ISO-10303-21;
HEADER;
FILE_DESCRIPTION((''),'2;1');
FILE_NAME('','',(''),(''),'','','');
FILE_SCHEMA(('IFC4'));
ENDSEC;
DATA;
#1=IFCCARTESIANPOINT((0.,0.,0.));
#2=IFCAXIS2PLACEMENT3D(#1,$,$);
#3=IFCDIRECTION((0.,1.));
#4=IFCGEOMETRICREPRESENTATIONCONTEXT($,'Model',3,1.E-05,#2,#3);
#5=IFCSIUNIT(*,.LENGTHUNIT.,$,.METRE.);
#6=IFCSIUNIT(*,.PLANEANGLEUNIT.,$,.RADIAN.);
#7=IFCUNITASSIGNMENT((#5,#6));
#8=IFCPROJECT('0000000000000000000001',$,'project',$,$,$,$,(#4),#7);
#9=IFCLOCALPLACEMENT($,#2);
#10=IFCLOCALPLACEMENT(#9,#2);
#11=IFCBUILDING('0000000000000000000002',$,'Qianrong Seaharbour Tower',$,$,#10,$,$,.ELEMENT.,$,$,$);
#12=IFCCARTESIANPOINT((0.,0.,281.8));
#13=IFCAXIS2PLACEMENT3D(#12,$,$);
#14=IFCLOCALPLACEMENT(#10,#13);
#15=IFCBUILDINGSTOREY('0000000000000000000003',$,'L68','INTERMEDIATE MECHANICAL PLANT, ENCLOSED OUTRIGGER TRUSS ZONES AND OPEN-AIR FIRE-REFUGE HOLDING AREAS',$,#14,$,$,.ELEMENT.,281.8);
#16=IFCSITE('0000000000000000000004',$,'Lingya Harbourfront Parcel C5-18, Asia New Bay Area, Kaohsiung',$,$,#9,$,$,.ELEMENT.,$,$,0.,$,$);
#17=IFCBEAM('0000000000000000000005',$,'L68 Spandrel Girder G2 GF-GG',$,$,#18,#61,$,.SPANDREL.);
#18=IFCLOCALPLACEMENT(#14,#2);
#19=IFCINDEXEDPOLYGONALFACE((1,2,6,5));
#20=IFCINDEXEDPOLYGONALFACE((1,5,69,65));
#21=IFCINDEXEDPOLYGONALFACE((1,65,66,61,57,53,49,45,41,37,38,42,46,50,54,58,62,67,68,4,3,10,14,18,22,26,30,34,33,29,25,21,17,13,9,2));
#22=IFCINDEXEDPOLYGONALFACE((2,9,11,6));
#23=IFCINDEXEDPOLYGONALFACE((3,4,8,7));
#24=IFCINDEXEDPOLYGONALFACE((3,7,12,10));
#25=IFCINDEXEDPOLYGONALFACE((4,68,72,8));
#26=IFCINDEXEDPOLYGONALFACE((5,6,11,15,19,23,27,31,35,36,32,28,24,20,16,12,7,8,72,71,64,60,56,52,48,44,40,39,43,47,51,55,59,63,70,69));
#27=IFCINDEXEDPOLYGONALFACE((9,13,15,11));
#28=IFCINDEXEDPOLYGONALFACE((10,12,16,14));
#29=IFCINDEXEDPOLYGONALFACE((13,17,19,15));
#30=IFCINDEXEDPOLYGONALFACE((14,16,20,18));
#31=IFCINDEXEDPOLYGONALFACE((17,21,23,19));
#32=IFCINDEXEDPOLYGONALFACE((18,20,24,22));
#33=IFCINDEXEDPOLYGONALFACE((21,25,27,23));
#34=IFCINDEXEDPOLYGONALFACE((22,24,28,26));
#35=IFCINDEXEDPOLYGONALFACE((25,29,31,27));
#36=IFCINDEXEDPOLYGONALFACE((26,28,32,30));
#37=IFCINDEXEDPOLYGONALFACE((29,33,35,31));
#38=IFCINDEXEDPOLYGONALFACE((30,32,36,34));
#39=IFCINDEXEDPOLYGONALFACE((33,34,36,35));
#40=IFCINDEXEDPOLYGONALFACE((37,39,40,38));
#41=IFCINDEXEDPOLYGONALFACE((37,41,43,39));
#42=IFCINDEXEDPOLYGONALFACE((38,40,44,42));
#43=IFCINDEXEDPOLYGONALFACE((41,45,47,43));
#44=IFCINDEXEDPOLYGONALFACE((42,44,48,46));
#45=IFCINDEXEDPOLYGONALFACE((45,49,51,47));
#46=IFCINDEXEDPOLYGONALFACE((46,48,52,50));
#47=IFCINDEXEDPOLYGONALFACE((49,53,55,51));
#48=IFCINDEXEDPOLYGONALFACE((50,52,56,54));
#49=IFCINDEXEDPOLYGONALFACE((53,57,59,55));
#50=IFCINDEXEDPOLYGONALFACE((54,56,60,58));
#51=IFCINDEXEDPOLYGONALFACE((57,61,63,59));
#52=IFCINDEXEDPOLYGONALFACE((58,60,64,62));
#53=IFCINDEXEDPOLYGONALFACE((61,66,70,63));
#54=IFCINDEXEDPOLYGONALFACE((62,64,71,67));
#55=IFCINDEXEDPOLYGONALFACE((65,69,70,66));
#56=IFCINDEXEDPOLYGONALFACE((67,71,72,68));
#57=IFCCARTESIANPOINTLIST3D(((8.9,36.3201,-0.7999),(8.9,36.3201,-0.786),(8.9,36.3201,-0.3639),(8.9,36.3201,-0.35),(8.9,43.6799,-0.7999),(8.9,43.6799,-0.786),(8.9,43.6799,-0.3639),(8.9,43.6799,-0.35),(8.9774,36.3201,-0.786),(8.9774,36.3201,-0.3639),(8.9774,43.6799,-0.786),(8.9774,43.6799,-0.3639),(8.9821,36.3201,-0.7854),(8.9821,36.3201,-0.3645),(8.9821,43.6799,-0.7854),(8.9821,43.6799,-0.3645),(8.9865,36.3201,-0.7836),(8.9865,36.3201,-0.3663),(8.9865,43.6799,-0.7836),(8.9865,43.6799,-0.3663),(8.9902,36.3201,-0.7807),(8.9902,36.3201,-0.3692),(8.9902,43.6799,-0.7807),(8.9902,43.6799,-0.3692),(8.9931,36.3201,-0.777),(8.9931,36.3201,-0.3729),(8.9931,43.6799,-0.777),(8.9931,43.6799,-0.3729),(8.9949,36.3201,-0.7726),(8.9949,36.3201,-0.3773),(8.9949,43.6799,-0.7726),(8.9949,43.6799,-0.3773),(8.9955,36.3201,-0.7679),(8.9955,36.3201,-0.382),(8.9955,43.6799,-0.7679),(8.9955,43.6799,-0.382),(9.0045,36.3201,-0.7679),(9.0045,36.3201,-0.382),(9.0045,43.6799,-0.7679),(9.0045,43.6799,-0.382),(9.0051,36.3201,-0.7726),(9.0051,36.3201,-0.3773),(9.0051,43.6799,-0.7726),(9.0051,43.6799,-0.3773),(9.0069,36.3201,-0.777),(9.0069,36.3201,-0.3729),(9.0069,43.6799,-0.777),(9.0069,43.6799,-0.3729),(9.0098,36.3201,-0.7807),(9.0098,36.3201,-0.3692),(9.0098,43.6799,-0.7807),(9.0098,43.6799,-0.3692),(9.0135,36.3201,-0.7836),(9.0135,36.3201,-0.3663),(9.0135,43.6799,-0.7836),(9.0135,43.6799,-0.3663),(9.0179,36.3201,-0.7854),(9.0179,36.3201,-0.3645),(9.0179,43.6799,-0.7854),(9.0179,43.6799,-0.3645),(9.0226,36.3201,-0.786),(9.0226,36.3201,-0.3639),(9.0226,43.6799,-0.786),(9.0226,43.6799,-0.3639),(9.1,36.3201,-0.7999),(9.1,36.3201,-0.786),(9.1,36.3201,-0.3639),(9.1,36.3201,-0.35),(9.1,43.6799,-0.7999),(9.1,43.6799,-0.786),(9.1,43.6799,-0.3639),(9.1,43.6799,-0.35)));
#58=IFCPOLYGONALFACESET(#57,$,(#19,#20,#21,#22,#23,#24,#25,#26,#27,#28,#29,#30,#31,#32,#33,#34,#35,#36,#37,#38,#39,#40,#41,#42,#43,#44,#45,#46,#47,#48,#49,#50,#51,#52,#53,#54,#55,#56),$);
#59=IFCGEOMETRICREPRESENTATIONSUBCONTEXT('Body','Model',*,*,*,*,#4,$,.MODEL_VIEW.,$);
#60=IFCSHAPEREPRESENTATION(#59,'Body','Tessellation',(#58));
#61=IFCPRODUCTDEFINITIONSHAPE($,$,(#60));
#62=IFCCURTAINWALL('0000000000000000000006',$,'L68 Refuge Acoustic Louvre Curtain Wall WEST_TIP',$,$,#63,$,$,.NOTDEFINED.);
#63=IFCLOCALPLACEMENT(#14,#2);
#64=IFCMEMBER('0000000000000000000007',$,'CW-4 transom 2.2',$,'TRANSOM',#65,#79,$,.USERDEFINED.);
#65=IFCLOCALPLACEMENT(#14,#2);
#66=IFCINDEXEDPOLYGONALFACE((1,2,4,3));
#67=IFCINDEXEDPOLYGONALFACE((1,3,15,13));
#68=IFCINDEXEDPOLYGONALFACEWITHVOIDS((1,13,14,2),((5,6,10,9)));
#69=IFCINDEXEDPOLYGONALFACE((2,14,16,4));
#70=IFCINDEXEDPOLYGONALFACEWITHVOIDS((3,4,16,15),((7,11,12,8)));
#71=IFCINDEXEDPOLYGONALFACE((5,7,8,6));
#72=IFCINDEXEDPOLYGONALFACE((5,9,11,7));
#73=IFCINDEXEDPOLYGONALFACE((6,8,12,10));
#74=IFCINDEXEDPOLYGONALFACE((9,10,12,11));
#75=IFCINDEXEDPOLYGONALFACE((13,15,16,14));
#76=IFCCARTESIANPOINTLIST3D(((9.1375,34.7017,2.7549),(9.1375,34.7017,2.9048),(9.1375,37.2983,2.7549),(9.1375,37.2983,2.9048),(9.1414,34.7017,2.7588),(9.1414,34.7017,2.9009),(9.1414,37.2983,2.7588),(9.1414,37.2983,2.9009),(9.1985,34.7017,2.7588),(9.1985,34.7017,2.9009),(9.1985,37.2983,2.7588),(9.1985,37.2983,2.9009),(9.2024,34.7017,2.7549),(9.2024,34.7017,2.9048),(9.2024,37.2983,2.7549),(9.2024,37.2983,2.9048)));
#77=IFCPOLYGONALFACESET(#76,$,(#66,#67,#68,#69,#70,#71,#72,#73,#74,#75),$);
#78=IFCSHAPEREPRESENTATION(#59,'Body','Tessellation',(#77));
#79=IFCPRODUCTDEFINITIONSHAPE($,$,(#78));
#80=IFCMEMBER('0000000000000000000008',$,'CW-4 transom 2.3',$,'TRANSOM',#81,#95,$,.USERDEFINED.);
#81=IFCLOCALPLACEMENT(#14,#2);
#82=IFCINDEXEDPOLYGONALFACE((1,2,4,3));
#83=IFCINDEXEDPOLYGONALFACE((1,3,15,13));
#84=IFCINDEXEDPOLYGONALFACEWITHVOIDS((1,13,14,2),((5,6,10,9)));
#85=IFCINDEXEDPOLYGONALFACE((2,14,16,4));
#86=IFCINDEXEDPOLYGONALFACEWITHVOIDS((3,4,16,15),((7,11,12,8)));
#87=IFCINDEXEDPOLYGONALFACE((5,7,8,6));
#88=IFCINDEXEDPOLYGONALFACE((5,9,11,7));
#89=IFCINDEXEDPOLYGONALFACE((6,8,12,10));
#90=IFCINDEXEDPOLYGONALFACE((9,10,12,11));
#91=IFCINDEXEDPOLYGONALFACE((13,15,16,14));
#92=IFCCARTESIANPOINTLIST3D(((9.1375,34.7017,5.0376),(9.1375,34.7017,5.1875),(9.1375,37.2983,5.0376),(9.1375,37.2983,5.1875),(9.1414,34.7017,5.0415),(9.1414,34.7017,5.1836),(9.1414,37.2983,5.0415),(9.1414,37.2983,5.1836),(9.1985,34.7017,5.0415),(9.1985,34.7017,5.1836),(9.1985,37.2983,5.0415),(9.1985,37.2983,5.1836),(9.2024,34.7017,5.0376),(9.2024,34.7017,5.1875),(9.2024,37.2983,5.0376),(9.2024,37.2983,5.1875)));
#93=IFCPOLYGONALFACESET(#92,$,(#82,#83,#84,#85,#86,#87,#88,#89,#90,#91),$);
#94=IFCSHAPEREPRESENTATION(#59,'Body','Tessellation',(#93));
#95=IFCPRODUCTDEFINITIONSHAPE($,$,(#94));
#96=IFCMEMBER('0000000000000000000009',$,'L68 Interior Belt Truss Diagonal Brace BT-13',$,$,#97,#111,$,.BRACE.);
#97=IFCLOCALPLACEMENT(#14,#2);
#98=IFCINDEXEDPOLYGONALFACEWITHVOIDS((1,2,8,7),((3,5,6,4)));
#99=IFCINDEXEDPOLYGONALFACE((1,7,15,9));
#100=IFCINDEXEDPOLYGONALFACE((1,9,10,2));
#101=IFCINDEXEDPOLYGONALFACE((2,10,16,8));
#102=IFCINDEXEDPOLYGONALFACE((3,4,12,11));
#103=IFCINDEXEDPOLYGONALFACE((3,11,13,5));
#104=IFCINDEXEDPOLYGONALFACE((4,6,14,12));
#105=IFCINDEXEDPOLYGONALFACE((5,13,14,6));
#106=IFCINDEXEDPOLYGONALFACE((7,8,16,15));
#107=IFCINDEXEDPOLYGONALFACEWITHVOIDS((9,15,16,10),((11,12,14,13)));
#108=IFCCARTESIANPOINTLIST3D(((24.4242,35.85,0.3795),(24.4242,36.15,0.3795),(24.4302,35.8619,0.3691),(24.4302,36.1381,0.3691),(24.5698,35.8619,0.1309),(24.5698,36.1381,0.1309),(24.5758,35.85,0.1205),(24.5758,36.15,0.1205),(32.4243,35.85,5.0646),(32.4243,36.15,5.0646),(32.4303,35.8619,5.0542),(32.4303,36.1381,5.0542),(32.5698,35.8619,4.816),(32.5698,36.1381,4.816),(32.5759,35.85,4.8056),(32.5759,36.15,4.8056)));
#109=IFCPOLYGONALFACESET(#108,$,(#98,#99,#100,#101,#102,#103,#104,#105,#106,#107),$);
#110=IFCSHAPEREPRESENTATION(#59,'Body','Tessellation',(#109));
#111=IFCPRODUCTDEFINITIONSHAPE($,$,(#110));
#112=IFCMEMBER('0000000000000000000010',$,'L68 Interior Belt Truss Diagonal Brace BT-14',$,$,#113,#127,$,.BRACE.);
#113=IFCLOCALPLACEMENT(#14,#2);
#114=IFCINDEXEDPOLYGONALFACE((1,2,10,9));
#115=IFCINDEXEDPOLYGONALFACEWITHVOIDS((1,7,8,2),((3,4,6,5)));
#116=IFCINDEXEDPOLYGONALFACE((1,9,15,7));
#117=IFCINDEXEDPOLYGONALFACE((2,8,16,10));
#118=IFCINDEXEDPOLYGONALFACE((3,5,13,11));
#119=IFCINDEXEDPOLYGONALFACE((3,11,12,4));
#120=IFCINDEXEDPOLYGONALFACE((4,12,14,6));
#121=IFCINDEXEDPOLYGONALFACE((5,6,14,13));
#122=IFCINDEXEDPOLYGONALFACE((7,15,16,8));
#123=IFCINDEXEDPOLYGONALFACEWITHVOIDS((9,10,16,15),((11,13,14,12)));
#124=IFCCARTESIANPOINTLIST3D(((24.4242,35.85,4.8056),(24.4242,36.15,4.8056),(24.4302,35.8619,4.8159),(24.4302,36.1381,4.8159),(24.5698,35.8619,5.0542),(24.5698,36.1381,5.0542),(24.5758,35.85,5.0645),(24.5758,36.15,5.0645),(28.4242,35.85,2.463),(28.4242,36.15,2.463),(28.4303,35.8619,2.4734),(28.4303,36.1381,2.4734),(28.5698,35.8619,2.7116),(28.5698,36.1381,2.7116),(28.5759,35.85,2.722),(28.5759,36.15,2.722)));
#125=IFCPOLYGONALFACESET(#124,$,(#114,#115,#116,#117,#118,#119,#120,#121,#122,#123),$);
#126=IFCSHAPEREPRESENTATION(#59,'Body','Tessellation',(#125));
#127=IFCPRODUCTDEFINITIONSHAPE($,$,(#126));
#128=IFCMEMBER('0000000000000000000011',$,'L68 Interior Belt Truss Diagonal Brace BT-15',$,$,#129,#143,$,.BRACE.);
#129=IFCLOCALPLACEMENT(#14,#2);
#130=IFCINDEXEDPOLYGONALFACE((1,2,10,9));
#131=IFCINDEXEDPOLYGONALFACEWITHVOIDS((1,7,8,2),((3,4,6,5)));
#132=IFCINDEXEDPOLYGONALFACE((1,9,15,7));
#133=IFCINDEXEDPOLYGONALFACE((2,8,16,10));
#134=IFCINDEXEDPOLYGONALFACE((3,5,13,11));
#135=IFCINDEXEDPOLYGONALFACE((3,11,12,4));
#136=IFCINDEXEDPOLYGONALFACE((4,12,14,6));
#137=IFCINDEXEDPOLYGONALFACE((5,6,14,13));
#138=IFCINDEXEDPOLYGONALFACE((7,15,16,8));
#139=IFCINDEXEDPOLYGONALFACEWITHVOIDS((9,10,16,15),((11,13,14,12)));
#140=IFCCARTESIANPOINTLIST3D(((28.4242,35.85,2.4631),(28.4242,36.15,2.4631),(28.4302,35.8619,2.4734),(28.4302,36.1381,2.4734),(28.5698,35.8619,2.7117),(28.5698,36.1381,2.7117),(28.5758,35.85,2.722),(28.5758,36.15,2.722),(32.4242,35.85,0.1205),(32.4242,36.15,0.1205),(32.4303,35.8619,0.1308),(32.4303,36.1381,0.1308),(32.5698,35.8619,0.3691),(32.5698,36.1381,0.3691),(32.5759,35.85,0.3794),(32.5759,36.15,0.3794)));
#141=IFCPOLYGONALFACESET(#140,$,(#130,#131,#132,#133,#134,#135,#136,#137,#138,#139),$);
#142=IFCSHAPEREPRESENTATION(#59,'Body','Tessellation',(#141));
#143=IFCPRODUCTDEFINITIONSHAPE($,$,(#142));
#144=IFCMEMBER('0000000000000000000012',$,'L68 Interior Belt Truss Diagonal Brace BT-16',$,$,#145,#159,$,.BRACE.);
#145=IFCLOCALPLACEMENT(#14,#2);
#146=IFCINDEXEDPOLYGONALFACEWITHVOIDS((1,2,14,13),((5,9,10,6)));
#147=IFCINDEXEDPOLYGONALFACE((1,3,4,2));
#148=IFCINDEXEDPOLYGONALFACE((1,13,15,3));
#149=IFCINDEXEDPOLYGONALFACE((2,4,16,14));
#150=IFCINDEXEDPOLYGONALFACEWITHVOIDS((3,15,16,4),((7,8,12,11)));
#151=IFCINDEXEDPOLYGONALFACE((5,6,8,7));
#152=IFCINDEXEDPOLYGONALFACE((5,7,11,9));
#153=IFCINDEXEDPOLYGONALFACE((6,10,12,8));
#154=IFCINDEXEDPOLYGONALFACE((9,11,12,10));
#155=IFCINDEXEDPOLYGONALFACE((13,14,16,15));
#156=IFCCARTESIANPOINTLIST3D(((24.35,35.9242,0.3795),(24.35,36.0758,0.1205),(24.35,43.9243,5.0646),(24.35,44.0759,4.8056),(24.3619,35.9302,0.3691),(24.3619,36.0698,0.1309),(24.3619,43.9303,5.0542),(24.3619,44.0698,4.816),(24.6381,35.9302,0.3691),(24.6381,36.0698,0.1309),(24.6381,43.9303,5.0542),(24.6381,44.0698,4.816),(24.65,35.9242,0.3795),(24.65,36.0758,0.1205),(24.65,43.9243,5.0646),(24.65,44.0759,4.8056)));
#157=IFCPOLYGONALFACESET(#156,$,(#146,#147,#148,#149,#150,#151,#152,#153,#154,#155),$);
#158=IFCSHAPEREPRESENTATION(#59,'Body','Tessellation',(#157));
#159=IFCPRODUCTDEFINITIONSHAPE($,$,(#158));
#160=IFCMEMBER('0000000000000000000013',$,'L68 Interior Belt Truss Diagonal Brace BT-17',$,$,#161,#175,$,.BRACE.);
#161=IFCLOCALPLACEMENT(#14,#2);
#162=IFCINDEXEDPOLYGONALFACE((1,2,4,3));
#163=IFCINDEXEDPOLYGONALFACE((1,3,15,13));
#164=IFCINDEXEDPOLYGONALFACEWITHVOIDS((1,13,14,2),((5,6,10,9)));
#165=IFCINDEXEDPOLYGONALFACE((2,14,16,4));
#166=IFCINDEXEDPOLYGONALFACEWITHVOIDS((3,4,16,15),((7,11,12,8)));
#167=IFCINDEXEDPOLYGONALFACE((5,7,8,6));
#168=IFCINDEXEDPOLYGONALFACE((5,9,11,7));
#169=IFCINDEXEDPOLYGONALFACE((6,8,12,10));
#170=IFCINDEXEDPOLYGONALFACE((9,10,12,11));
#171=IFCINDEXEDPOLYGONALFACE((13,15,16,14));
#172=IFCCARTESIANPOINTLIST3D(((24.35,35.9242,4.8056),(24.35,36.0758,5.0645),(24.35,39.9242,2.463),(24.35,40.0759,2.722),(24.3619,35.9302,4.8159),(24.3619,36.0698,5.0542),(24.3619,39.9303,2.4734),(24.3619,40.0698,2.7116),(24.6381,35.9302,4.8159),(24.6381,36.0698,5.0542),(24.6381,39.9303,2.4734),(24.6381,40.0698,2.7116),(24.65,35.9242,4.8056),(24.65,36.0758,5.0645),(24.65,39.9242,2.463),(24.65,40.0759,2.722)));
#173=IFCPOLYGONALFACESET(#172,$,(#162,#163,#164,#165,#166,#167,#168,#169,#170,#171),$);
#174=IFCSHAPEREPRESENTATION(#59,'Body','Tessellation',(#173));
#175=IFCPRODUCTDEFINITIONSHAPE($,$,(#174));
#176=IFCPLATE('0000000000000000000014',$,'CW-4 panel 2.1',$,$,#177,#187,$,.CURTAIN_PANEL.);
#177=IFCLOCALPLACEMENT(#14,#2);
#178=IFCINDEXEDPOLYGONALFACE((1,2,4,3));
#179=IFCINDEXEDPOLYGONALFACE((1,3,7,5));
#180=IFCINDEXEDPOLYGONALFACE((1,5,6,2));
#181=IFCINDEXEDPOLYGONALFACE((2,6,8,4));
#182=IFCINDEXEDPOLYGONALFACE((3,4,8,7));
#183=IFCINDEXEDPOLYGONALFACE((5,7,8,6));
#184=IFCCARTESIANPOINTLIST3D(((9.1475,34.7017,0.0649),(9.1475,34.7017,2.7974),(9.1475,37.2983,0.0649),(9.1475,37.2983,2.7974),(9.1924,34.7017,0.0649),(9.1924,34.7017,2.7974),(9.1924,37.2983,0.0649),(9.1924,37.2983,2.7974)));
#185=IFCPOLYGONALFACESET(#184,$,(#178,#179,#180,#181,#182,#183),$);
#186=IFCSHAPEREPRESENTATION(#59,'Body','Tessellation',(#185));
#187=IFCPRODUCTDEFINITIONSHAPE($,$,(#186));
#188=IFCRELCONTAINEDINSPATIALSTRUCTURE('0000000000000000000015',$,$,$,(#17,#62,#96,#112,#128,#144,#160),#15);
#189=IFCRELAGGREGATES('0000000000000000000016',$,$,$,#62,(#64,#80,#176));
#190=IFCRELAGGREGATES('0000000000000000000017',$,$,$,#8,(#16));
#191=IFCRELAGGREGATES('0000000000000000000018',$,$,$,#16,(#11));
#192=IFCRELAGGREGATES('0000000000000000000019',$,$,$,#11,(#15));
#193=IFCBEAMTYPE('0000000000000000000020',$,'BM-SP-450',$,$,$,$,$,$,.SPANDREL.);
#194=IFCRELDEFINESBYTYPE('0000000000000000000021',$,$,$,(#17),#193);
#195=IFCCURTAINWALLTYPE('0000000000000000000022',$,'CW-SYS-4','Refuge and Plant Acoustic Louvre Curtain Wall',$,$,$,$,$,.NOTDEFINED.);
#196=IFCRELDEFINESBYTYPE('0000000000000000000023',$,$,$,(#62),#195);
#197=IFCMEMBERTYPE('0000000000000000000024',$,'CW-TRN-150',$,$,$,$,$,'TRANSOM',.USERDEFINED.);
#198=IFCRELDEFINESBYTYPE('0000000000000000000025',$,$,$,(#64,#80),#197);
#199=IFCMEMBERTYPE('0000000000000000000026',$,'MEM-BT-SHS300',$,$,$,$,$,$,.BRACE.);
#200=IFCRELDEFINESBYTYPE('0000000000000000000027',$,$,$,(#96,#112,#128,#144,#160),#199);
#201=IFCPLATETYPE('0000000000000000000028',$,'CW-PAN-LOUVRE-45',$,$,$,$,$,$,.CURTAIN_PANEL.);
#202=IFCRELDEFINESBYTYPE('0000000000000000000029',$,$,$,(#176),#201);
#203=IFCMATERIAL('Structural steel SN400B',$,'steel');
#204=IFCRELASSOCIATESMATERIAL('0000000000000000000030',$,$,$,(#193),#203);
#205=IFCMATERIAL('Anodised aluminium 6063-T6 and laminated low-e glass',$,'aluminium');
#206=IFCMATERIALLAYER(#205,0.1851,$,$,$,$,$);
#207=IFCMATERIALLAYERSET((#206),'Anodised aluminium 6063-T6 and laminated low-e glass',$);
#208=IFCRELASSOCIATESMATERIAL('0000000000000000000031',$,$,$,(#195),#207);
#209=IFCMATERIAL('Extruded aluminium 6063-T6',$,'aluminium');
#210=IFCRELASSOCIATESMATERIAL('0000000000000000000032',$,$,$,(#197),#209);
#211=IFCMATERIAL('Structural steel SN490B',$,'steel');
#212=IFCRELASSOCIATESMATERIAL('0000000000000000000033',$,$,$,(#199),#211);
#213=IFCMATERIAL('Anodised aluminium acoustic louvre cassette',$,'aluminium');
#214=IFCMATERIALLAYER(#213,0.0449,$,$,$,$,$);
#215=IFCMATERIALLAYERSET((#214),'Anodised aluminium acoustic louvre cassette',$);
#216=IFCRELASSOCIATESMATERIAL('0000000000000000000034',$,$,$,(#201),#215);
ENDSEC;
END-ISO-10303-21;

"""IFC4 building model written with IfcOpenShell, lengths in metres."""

from ifc_helpers import new_model, si_unit, direction, frame, origin, origin_2d, place, context, subcontext, project, spatial, rectangle, hollow_rectangle, i_section, extrude, material, layer, layer_set, material_profile, profile_set, type_object, element, aggregate, save


model = new_model("IFC4")

# Units and contexts
model_context = context("Model", 3, precision=1e-05, world=origin(), true_north=direction((0.0, 1.0)))
body_context = subcontext(model_context, "Body", "Model", "MODEL_VIEW")
ifc_project = project(units=[si_unit("LENGTHUNIT", "METRE"), si_unit("PLANEANGLEUNIT", "RADIAN")], contexts=[model_context])

# Site, building, storey
site_placement = place(None, origin())
site = spatial("IfcSite", under=ifc_project, at=site_placement, Name="Lingya Harbourfront Parcel C5-18, Asia New Bay Area, Kaohsiung", CompositionType="ELEMENT", RefElevation=0.0)
building_placement = place(site_placement, origin())
building = spatial("IfcBuilding", under=site, at=building_placement, Name="Qianrong Seaharbour Tower", CompositionType="ELEMENT")
storey_placement = place(building_placement, frame((0.0, 0.0, 281.8)))
storey = spatial("IfcBuildingStorey", under=building, at=storey_placement, Name="L68", Description="INTERMEDIATE MECHANICAL PLANT, ENCLOSED OUTRIGGER TRUSS ZONES AND OPEN-AIR FIRE-REFUGE HOLDING AREAS", CompositionType="ELEMENT", Elevation=281.8)

# Shared definitions
ifc_material_1 = material(Name="Structural steel SN490B", Category="steel")

# Beam
ifc_material_2 = material(Name="Structural steel SN400B", Category="steel")
ifc_material_profile_1 = material_profile(ifc_material_2, i_section(OverallWidth=0.2, OverallDepth=0.45, WebThickness=0.009, FlangeThickness=0.0139, FilletRadius=0.0181, at=origin_2d()), Name="H450x200x9x14")
ifc_profile_set_1 = profile_set([ifc_material_profile_1], Name="Structural steel SN400B")
beam_type_1 = type_object("IfcBeamType", Name="BM-SP-450", PredefinedType="SPANDREL", material=ifc_profile_set_1)
beam_1_placement = place(storey_placement, frame((9.0, 36.3201, -0.575), z_axis=(0.0, 1.0, 0.0), x_axis=(-1.0, 0.0, 0.0)))
element("IfcBeam", 1, at=beam_1_placement, inside=storey, type_object=beam_type_1, Name="L68 Spandrel Girder G2 GF-GG", PredefinedType="SPANDREL", context=body_context, shape_type="SweptSolid", body=[
    extrude(i_section(OverallWidth=0.2, OverallDepth=0.45, WebThickness=0.009, FlangeThickness=0.0139, FilletRadius=0.0181, at=origin_2d()), origin(), (0.0, 0.0, 1.0), 7.3599),
])

# Curtain wall, members
ifc_material_3 = material(Name="Anodised aluminium 6063-T6 and laminated low-e glass", Category="aluminium")
ifc_layer_1 = layer(ifc_material_3, 0.1851)
ifc_layer_set_1 = layer_set([ifc_layer_1], Name="Anodised aluminium 6063-T6 and laminated low-e glass")
curtain_wall_type = type_object("IfcCurtainWallType", Name="CW-SYS-4", Description="Refuge and Plant Acoustic Louvre Curtain Wall", PredefinedType="NOTDEFINED", material=ifc_layer_set_1)
curtain_wall_placement = place(storey_placement, origin())
curtain_wall = element("IfcCurtainWall", 2, at=curtain_wall_placement, inside=storey, type_object=curtain_wall_type, Name="L68 Refuge Acoustic Louvre Curtain Wall WEST_TIP", PredefinedType="NOTDEFINED")
ifc_material_4 = material(Name="Extruded aluminium 6063-T6", Category="aluminium")
ifc_material_profile_2 = material_profile(ifc_material_4, hollow_rectangle(XDim=0.0649, YDim=0.1499, WallThickness=0.0039, at=origin_2d()), Name="ALU-TRN-150x65x4")
ifc_profile_set_2 = profile_set([ifc_material_profile_2], Name="Extruded aluminium 6063-T6")
member_type_1 = type_object("IfcMemberType", Name="CW-TRN-150", ElementType="TRANSOM", PredefinedType="USERDEFINED", material=ifc_profile_set_2)
member_1_placement = place(storey_placement, frame((9.1699, 34.7017, 2.8298), z_axis=(0.0, 1.0, 0.0), x_axis=(-1.0, 0.0, 0.0)))
member_1 = element("IfcMember", 3, at=member_1_placement, type_object=member_type_1, Name="CW-4 transom 2.2", ObjectType="TRANSOM", PredefinedType="USERDEFINED", context=body_context, shape_type="SweptSolid", body=[
    extrude(hollow_rectangle(XDim=0.0649, YDim=0.1499, WallThickness=0.0039, at=origin_2d()), origin(), (0.0, 0.0, 1.0), 2.5967),
])
member_2_placement = place(storey_placement, frame((9.1699, 34.7017, 5.1125), z_axis=(0.0, 1.0, 0.0), x_axis=(-1.0, 0.0, 0.0)))
member_2 = element("IfcMember", 4, at=member_2_placement, type_object=member_type_1, Name="CW-4 transom 2.3", ObjectType="TRANSOM", PredefinedType="USERDEFINED", context=body_context, shape_type="SweptSolid", body=[
    extrude(hollow_rectangle(XDim=0.0649, YDim=0.1499, WallThickness=0.0039, at=origin_2d()), origin(), (0.0, 0.0, 1.0), 2.5967),
])

# Members
ifc_material_profile_3 = material_profile(ifc_material_1, hollow_rectangle(XDim=0.3, YDim=0.3, WallThickness=0.012, at=origin_2d()), Name="SHS300x300x12")
ifc_profile_set_3 = profile_set([ifc_material_profile_3], Name="Structural steel SN490B")
member_type_2 = type_object("IfcMemberType", Name="MEM-BT-SHS300", PredefinedType="BRACE", material=ifc_profile_set_3)
member_3_placement = place(storey_placement, frame((24.5, 36.0, 0.25), z_axis=(0.862914, 0.0, 0.50535), x_axis=(0.0, 1.0, 0.0)))
element("IfcMember", 5, at=member_3_placement, inside=storey, type_object=member_type_2, Name="L68 Interior Belt Truss Diagonal Brace BT-13", PredefinedType="BRACE", context=body_context, shape_type="SweptSolid", body=[
    extrude(hollow_rectangle(XDim=0.3, YDim=0.3, WallThickness=0.012, at=origin_2d()), origin(), (0.0, 0.0, 1.0), 9.271),
])
for number, where, z_axis, x_axis, name in (
    (6, (24.5, 36.0, 4.9351), (0.862914, 0.0, -0.50535), (0.0, 1.0, 0.0), "L68 Interior Belt Truss Diagonal Brace BT-14"),
    (7, (28.5, 36.0, 2.5925), (0.862914, 0.0, -0.50535), (0.0, 1.0, 0.0), "L68 Interior Belt Truss Diagonal Brace BT-15"),
):
    element("IfcMember", number, at=place(storey_placement, frame(where, z_axis=z_axis, x_axis=x_axis)), inside=storey, type_object=member_type_2, Name=name, PredefinedType="BRACE", context=body_context, shape_type="SweptSolid", body=[
        extrude(hollow_rectangle(XDim=0.3, YDim=0.3, WallThickness=0.012, at=origin_2d()), origin(), (0.0, 0.0, 1.0), 4.6355),
    ])
member_4_placement = place(storey_placement, frame((24.5, 36.0, 0.25), z_axis=(0.0, 0.862914, 0.50535), x_axis=(-1.0, 0.0, 0.0)))
element("IfcMember", 8, at=member_4_placement, inside=storey, type_object=member_type_2, Name="L68 Interior Belt Truss Diagonal Brace BT-16", PredefinedType="BRACE", context=body_context, shape_type="SweptSolid", body=[
    extrude(hollow_rectangle(XDim=0.3, YDim=0.3, WallThickness=0.012, at=origin_2d()), origin(), (0.0, 0.0, 1.0), 9.271),
])
member_5_placement = place(storey_placement, frame((24.5, 36.0, 4.9351), z_axis=(0.0, 0.862914, -0.50535), x_axis=(-1.0, 0.0, 0.0)))
element("IfcMember", 9, at=member_5_placement, inside=storey, type_object=member_type_2, Name="L68 Interior Belt Truss Diagonal Brace BT-17", PredefinedType="BRACE", context=body_context, shape_type="SweptSolid", body=[
    extrude(hollow_rectangle(XDim=0.3, YDim=0.3, WallThickness=0.012, at=origin_2d()), origin(), (0.0, 0.0, 1.0), 4.6355),
])

# Plate
ifc_material_5 = material(Name="Anodised aluminium acoustic louvre cassette", Category="aluminium")
ifc_layer_2 = layer(ifc_material_5, 0.0449)
ifc_layer_set_2 = layer_set([ifc_layer_2], Name="Anodised aluminium acoustic louvre cassette")
plate_type_1 = type_object("IfcPlateType", Name="CW-PAN-LOUVRE-45", PredefinedType="CURTAIN_PANEL", material=ifc_layer_set_2)
plate_1_placement = place(storey_placement, frame((9.1699, 36.0, 0.0649), z_axis=(0.0, 0.0, 1.0), x_axis=(0.0, 1.0, 0.0)))
plate_1 = element("IfcPlate", 10, at=plate_1_placement, type_object=plate_type_1, Name="CW-4 panel 2.1", PredefinedType="CURTAIN_PANEL", context=body_context, shape_type="SweptSolid", body=[
    extrude(rectangle(XDim=2.5967, YDim=0.0449, at=origin_2d()), origin(), (0.0, 0.0, 1.0), 2.7324),
])
aggregate(curtain_wall, [member_1, member_2, plate_1])

save(model, "model.ifc")
